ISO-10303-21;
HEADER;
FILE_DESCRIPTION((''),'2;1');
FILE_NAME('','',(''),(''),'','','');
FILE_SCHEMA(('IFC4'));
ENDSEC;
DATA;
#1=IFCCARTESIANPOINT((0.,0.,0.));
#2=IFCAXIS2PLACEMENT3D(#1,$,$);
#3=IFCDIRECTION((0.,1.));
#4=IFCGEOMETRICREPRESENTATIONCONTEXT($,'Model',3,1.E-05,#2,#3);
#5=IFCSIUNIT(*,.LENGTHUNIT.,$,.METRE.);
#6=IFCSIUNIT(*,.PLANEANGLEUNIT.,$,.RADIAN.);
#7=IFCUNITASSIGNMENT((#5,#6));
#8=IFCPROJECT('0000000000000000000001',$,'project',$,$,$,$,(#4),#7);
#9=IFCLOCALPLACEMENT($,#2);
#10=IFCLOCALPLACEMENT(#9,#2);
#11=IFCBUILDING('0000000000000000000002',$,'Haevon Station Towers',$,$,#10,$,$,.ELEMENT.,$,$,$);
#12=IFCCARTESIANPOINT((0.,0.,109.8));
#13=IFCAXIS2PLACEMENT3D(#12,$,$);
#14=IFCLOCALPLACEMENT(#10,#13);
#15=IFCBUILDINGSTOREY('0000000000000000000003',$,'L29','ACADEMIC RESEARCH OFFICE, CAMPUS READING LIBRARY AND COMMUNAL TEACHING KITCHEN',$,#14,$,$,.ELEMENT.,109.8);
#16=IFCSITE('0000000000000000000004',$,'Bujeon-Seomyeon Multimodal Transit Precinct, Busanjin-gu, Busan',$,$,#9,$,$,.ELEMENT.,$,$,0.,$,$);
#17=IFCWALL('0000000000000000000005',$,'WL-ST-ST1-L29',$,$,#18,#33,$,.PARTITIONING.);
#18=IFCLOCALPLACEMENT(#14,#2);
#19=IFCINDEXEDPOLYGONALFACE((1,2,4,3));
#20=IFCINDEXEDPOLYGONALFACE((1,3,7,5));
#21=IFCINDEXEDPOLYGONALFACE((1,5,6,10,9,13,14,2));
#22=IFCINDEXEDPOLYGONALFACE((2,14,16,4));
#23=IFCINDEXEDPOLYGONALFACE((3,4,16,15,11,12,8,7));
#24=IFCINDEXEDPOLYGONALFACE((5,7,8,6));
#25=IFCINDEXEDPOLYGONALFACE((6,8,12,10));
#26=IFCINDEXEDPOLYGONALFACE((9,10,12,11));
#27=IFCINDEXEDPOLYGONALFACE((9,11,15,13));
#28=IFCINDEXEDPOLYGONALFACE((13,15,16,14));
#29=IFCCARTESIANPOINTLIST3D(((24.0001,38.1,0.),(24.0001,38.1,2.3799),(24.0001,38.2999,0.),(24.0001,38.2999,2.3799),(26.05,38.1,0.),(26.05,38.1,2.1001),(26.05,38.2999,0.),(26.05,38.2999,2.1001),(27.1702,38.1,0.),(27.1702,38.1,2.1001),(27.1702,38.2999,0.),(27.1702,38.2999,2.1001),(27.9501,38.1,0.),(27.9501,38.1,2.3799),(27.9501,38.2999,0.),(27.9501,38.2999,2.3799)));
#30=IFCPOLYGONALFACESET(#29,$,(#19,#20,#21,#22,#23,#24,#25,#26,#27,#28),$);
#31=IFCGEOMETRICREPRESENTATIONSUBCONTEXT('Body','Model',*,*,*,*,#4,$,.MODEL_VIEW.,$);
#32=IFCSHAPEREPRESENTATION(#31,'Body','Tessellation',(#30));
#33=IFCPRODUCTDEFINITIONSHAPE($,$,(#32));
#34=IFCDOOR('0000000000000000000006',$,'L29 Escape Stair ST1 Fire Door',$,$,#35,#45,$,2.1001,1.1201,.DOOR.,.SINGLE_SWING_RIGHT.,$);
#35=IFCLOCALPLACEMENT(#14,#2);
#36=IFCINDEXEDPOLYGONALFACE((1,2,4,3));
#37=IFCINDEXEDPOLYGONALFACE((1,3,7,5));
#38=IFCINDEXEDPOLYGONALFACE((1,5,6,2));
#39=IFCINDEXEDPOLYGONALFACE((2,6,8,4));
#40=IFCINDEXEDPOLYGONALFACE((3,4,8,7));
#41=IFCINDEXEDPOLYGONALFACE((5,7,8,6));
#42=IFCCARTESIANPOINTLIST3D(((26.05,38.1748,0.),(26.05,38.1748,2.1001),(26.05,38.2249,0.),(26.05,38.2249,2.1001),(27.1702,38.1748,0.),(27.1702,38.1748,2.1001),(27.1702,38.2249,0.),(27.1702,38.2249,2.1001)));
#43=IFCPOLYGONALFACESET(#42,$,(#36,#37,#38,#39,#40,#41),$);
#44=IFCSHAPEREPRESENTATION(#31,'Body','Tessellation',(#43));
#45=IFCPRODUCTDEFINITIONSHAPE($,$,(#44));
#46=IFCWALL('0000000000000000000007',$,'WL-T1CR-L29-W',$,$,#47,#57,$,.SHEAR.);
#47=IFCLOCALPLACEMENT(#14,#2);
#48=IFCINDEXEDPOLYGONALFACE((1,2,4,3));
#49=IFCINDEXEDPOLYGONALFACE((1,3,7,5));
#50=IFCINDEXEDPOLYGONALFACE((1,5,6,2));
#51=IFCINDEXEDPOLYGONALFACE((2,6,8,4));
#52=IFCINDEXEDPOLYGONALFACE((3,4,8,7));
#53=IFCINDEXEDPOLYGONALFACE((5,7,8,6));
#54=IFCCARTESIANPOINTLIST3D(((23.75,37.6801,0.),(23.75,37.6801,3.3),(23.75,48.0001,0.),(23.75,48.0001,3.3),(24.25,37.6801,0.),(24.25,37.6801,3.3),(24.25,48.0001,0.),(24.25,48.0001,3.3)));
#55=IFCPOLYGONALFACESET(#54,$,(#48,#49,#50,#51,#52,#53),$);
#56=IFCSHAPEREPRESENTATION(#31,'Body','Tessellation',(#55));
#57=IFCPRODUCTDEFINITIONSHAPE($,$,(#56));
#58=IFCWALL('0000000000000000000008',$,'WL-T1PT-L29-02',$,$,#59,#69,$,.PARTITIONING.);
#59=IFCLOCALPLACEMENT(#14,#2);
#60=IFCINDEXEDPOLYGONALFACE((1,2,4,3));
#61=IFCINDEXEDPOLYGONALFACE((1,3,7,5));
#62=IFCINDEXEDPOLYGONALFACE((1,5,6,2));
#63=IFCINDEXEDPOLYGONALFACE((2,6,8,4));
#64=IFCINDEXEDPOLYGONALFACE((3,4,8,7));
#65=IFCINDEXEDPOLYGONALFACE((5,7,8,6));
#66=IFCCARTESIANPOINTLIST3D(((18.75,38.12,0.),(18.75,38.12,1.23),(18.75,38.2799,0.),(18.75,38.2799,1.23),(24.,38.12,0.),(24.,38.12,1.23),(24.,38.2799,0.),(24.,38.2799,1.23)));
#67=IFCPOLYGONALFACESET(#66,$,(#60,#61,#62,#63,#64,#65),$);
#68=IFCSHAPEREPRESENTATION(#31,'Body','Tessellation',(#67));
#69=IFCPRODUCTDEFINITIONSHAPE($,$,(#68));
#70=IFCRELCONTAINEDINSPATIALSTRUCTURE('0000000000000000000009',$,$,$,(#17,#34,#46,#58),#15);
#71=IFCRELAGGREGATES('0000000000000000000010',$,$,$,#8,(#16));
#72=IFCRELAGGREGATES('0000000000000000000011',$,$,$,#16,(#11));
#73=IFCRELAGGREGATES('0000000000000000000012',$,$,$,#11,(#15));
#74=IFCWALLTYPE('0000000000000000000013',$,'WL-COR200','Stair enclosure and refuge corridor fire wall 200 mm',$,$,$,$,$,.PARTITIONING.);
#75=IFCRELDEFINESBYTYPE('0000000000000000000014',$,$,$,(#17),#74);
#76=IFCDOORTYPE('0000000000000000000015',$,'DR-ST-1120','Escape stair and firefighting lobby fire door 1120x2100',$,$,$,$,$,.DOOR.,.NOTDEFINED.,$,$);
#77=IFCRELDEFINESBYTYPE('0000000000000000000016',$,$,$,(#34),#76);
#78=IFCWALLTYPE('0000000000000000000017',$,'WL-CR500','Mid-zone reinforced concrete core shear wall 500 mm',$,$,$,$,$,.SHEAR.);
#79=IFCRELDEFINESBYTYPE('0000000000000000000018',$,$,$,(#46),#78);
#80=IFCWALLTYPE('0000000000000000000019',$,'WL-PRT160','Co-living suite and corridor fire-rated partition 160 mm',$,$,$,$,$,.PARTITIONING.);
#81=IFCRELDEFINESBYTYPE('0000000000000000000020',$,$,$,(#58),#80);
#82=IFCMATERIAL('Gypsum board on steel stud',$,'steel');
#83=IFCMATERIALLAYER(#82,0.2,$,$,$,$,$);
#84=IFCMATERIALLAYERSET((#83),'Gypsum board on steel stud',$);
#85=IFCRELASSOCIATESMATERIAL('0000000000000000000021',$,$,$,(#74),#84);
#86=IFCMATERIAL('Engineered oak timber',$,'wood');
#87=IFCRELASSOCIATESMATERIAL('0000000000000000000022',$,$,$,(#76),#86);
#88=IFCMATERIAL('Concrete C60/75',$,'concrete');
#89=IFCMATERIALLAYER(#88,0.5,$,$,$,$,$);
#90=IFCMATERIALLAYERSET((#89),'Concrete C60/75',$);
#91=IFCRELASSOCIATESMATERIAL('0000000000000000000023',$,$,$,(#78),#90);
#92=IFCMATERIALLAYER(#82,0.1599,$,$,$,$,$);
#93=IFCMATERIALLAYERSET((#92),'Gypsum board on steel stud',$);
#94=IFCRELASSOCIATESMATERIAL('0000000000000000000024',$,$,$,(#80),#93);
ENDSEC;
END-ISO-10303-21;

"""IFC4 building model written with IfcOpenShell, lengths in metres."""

from ifc_helpers import new_model, si_unit, direction, frame, frame_2d, origin, place, context, subcontext, project, spatial, rectangle, extrude, material, layer, layer_set, type_object, element, fill, save


model = new_model("IFC4")

# Units and contexts
model_context = context("Model", 3, precision=1e-05, world=origin(), true_north=direction((0.0, 1.0)))
body_context = subcontext(model_context, "Body", "Model", "MODEL_VIEW")
ifc_project = project(units=[si_unit("LENGTHUNIT", "METRE"), si_unit("PLANEANGLEUNIT", "RADIAN")], contexts=[model_context])

# Site, building, storey
site_placement = place(None, origin())
site = spatial("IfcSite", under=ifc_project, at=site_placement, Name="Bujeon-Seomyeon Multimodal Transit Precinct, Busanjin-gu, Busan", CompositionType="ELEMENT", RefElevation=0.0)
building_placement = place(site_placement, origin())
building = spatial("IfcBuilding", under=site, at=building_placement, Name="Haevon Station Towers", CompositionType="ELEMENT")
storey_placement = place(building_placement, frame((0.0, 0.0, 109.8)))
storey = spatial("IfcBuildingStorey", under=building, at=storey_placement, Name="L29", Description="ACADEMIC RESEARCH OFFICE, CAMPUS READING LIBRARY AND COMMUNAL TEACHING KITCHEN", CompositionType="ELEMENT", Elevation=109.8)

# Wall, opening, door
ifc_material_1 = material(Name="Gypsum board on steel stud", Category="steel")
ifc_layer_1 = layer(ifc_material_1, 0.2)
ifc_layer_set_1 = layer_set([ifc_layer_1], Name="Gypsum board on steel stud")
wall_type_1 = type_object("IfcWallType", Name="WL-COR200", Description="Stair enclosure and refuge corridor fire wall 200 mm", PredefinedType="PARTITIONING", material=ifc_layer_set_1)
wall_1_placement = place(storey_placement, frame((24.0, 38.2, 0.0), z_axis=(0.0, 0.0, 1.0), x_axis=(1.0, 0.0, 0.0)))
wall_1 = element("IfcWall", 1, at=wall_1_placement, inside=storey, type_object=wall_type_1, Name="WL-ST-ST1-L29", PredefinedType="PARTITIONING", context=body_context, shape_type="SweptSolid", body=[
    extrude(rectangle(XDim=3.95, YDim=0.2, at=frame_2d((1.9751, 0.0))), origin(), (0.0, 0.0, 1.0), 2.3799),
])
opening_1_placement = place(wall_1_placement, frame((2.05, 0.0, 0.0)))
opening_1 = element("IfcOpeningElement", 2, at=opening_1_placement, cuts=wall_1, PredefinedType="OPENING", context=body_context, shape_type="SweptSolid", body=[
    extrude(rectangle(XDim=1.1201, YDim=2.1001, at=frame_2d((0.5601, 1.05))), frame((0.0, 0.1099, 0.0), z_axis=(0.0, -1.0, 0.0), x_axis=(1.0, 0.0, 0.0)), (0.0, 0.0, 1.0), 0.22),
])
ifc_material_2 = material(Name="Engineered oak timber", Category="wood")
door_type_1 = type_object("IfcDoorType", Name="DR-ST-1120", Description="Escape stair and firefighting lobby fire door 1120x2100", OperationType="NOTDEFINED", PredefinedType="DOOR", material=ifc_material_2)
door_1_placement = place(opening_1_placement, origin())
door_1 = element("IfcDoor", 3, at=door_1_placement, inside=storey, type_object=door_type_1, Name="L29 Escape Stair ST1 Fire Door", OperationType="SINGLE_SWING_RIGHT", OverallHeight=2.1001, OverallWidth=1.1201, PredefinedType="DOOR", context=body_context, shape_type="SweptSolid", body=[
    extrude(rectangle(XDim=1.1201, YDim=2.1001, at=frame_2d((0.5601, 1.05))), frame((0.0, 0.0249, 0.0), z_axis=(0.0, -1.0, 0.0), x_axis=(1.0, 0.0, 0.0)), (0.0, 0.0, 1.0), 0.05),
])
fill(opening_1, door_1)

# Walls
ifc_material_3 = material(Name="Concrete C60/75", Category="concrete")
ifc_layer_2 = layer(ifc_material_3, 0.5)
ifc_layer_set_2 = layer_set([ifc_layer_2], Name="Concrete C60/75")
wall_type_2 = type_object("IfcWallType", Name="WL-CR500", Description="Mid-zone reinforced concrete core shear wall 500 mm", PredefinedType="SHEAR", material=ifc_layer_set_2)
wall_2_placement = place(storey_placement, frame((24.0, 37.6799, 0.0), z_axis=(0.0, 0.0, 1.0), x_axis=(0.0, 1.0, 0.0)))
element("IfcWall", 4, at=wall_2_placement, inside=storey, type_object=wall_type_2, Name="WL-T1CR-L29-W", PredefinedType="SHEAR", context=body_context, shape_type="SweptSolid", body=[
    extrude(rectangle(XDim=10.3201, YDim=0.5, at=frame_2d((5.1602, 0.0))), origin(), (0.0, 0.0, 1.0), 3.3),
])
ifc_layer_3 = layer(ifc_material_1, 0.1599)
ifc_layer_set_3 = layer_set([ifc_layer_3], Name="Gypsum board on steel stud")
wall_type_3 = type_object("IfcWallType", Name="WL-PRT160", Description="Co-living suite and corridor fire-rated partition 160 mm", PredefinedType="PARTITIONING", material=ifc_layer_set_3)
wall_3_placement = place(storey_placement, frame((18.75, 38.2, 0.0), z_axis=(0.0, 0.0, 1.0), x_axis=(1.0, 0.0, 0.0)))
element("IfcWall", 5, at=wall_3_placement, inside=storey, type_object=wall_type_3, Name="WL-T1PT-L29-02", PredefinedType="PARTITIONING", context=body_context, shape_type="SweptSolid", body=[
    extrude(rectangle(XDim=5.25, YDim=0.1599, at=frame_2d((2.625, 0.0))), origin(), (0.0, 0.0, 1.0), 1.23),
])

save(model, "model.ifc")
